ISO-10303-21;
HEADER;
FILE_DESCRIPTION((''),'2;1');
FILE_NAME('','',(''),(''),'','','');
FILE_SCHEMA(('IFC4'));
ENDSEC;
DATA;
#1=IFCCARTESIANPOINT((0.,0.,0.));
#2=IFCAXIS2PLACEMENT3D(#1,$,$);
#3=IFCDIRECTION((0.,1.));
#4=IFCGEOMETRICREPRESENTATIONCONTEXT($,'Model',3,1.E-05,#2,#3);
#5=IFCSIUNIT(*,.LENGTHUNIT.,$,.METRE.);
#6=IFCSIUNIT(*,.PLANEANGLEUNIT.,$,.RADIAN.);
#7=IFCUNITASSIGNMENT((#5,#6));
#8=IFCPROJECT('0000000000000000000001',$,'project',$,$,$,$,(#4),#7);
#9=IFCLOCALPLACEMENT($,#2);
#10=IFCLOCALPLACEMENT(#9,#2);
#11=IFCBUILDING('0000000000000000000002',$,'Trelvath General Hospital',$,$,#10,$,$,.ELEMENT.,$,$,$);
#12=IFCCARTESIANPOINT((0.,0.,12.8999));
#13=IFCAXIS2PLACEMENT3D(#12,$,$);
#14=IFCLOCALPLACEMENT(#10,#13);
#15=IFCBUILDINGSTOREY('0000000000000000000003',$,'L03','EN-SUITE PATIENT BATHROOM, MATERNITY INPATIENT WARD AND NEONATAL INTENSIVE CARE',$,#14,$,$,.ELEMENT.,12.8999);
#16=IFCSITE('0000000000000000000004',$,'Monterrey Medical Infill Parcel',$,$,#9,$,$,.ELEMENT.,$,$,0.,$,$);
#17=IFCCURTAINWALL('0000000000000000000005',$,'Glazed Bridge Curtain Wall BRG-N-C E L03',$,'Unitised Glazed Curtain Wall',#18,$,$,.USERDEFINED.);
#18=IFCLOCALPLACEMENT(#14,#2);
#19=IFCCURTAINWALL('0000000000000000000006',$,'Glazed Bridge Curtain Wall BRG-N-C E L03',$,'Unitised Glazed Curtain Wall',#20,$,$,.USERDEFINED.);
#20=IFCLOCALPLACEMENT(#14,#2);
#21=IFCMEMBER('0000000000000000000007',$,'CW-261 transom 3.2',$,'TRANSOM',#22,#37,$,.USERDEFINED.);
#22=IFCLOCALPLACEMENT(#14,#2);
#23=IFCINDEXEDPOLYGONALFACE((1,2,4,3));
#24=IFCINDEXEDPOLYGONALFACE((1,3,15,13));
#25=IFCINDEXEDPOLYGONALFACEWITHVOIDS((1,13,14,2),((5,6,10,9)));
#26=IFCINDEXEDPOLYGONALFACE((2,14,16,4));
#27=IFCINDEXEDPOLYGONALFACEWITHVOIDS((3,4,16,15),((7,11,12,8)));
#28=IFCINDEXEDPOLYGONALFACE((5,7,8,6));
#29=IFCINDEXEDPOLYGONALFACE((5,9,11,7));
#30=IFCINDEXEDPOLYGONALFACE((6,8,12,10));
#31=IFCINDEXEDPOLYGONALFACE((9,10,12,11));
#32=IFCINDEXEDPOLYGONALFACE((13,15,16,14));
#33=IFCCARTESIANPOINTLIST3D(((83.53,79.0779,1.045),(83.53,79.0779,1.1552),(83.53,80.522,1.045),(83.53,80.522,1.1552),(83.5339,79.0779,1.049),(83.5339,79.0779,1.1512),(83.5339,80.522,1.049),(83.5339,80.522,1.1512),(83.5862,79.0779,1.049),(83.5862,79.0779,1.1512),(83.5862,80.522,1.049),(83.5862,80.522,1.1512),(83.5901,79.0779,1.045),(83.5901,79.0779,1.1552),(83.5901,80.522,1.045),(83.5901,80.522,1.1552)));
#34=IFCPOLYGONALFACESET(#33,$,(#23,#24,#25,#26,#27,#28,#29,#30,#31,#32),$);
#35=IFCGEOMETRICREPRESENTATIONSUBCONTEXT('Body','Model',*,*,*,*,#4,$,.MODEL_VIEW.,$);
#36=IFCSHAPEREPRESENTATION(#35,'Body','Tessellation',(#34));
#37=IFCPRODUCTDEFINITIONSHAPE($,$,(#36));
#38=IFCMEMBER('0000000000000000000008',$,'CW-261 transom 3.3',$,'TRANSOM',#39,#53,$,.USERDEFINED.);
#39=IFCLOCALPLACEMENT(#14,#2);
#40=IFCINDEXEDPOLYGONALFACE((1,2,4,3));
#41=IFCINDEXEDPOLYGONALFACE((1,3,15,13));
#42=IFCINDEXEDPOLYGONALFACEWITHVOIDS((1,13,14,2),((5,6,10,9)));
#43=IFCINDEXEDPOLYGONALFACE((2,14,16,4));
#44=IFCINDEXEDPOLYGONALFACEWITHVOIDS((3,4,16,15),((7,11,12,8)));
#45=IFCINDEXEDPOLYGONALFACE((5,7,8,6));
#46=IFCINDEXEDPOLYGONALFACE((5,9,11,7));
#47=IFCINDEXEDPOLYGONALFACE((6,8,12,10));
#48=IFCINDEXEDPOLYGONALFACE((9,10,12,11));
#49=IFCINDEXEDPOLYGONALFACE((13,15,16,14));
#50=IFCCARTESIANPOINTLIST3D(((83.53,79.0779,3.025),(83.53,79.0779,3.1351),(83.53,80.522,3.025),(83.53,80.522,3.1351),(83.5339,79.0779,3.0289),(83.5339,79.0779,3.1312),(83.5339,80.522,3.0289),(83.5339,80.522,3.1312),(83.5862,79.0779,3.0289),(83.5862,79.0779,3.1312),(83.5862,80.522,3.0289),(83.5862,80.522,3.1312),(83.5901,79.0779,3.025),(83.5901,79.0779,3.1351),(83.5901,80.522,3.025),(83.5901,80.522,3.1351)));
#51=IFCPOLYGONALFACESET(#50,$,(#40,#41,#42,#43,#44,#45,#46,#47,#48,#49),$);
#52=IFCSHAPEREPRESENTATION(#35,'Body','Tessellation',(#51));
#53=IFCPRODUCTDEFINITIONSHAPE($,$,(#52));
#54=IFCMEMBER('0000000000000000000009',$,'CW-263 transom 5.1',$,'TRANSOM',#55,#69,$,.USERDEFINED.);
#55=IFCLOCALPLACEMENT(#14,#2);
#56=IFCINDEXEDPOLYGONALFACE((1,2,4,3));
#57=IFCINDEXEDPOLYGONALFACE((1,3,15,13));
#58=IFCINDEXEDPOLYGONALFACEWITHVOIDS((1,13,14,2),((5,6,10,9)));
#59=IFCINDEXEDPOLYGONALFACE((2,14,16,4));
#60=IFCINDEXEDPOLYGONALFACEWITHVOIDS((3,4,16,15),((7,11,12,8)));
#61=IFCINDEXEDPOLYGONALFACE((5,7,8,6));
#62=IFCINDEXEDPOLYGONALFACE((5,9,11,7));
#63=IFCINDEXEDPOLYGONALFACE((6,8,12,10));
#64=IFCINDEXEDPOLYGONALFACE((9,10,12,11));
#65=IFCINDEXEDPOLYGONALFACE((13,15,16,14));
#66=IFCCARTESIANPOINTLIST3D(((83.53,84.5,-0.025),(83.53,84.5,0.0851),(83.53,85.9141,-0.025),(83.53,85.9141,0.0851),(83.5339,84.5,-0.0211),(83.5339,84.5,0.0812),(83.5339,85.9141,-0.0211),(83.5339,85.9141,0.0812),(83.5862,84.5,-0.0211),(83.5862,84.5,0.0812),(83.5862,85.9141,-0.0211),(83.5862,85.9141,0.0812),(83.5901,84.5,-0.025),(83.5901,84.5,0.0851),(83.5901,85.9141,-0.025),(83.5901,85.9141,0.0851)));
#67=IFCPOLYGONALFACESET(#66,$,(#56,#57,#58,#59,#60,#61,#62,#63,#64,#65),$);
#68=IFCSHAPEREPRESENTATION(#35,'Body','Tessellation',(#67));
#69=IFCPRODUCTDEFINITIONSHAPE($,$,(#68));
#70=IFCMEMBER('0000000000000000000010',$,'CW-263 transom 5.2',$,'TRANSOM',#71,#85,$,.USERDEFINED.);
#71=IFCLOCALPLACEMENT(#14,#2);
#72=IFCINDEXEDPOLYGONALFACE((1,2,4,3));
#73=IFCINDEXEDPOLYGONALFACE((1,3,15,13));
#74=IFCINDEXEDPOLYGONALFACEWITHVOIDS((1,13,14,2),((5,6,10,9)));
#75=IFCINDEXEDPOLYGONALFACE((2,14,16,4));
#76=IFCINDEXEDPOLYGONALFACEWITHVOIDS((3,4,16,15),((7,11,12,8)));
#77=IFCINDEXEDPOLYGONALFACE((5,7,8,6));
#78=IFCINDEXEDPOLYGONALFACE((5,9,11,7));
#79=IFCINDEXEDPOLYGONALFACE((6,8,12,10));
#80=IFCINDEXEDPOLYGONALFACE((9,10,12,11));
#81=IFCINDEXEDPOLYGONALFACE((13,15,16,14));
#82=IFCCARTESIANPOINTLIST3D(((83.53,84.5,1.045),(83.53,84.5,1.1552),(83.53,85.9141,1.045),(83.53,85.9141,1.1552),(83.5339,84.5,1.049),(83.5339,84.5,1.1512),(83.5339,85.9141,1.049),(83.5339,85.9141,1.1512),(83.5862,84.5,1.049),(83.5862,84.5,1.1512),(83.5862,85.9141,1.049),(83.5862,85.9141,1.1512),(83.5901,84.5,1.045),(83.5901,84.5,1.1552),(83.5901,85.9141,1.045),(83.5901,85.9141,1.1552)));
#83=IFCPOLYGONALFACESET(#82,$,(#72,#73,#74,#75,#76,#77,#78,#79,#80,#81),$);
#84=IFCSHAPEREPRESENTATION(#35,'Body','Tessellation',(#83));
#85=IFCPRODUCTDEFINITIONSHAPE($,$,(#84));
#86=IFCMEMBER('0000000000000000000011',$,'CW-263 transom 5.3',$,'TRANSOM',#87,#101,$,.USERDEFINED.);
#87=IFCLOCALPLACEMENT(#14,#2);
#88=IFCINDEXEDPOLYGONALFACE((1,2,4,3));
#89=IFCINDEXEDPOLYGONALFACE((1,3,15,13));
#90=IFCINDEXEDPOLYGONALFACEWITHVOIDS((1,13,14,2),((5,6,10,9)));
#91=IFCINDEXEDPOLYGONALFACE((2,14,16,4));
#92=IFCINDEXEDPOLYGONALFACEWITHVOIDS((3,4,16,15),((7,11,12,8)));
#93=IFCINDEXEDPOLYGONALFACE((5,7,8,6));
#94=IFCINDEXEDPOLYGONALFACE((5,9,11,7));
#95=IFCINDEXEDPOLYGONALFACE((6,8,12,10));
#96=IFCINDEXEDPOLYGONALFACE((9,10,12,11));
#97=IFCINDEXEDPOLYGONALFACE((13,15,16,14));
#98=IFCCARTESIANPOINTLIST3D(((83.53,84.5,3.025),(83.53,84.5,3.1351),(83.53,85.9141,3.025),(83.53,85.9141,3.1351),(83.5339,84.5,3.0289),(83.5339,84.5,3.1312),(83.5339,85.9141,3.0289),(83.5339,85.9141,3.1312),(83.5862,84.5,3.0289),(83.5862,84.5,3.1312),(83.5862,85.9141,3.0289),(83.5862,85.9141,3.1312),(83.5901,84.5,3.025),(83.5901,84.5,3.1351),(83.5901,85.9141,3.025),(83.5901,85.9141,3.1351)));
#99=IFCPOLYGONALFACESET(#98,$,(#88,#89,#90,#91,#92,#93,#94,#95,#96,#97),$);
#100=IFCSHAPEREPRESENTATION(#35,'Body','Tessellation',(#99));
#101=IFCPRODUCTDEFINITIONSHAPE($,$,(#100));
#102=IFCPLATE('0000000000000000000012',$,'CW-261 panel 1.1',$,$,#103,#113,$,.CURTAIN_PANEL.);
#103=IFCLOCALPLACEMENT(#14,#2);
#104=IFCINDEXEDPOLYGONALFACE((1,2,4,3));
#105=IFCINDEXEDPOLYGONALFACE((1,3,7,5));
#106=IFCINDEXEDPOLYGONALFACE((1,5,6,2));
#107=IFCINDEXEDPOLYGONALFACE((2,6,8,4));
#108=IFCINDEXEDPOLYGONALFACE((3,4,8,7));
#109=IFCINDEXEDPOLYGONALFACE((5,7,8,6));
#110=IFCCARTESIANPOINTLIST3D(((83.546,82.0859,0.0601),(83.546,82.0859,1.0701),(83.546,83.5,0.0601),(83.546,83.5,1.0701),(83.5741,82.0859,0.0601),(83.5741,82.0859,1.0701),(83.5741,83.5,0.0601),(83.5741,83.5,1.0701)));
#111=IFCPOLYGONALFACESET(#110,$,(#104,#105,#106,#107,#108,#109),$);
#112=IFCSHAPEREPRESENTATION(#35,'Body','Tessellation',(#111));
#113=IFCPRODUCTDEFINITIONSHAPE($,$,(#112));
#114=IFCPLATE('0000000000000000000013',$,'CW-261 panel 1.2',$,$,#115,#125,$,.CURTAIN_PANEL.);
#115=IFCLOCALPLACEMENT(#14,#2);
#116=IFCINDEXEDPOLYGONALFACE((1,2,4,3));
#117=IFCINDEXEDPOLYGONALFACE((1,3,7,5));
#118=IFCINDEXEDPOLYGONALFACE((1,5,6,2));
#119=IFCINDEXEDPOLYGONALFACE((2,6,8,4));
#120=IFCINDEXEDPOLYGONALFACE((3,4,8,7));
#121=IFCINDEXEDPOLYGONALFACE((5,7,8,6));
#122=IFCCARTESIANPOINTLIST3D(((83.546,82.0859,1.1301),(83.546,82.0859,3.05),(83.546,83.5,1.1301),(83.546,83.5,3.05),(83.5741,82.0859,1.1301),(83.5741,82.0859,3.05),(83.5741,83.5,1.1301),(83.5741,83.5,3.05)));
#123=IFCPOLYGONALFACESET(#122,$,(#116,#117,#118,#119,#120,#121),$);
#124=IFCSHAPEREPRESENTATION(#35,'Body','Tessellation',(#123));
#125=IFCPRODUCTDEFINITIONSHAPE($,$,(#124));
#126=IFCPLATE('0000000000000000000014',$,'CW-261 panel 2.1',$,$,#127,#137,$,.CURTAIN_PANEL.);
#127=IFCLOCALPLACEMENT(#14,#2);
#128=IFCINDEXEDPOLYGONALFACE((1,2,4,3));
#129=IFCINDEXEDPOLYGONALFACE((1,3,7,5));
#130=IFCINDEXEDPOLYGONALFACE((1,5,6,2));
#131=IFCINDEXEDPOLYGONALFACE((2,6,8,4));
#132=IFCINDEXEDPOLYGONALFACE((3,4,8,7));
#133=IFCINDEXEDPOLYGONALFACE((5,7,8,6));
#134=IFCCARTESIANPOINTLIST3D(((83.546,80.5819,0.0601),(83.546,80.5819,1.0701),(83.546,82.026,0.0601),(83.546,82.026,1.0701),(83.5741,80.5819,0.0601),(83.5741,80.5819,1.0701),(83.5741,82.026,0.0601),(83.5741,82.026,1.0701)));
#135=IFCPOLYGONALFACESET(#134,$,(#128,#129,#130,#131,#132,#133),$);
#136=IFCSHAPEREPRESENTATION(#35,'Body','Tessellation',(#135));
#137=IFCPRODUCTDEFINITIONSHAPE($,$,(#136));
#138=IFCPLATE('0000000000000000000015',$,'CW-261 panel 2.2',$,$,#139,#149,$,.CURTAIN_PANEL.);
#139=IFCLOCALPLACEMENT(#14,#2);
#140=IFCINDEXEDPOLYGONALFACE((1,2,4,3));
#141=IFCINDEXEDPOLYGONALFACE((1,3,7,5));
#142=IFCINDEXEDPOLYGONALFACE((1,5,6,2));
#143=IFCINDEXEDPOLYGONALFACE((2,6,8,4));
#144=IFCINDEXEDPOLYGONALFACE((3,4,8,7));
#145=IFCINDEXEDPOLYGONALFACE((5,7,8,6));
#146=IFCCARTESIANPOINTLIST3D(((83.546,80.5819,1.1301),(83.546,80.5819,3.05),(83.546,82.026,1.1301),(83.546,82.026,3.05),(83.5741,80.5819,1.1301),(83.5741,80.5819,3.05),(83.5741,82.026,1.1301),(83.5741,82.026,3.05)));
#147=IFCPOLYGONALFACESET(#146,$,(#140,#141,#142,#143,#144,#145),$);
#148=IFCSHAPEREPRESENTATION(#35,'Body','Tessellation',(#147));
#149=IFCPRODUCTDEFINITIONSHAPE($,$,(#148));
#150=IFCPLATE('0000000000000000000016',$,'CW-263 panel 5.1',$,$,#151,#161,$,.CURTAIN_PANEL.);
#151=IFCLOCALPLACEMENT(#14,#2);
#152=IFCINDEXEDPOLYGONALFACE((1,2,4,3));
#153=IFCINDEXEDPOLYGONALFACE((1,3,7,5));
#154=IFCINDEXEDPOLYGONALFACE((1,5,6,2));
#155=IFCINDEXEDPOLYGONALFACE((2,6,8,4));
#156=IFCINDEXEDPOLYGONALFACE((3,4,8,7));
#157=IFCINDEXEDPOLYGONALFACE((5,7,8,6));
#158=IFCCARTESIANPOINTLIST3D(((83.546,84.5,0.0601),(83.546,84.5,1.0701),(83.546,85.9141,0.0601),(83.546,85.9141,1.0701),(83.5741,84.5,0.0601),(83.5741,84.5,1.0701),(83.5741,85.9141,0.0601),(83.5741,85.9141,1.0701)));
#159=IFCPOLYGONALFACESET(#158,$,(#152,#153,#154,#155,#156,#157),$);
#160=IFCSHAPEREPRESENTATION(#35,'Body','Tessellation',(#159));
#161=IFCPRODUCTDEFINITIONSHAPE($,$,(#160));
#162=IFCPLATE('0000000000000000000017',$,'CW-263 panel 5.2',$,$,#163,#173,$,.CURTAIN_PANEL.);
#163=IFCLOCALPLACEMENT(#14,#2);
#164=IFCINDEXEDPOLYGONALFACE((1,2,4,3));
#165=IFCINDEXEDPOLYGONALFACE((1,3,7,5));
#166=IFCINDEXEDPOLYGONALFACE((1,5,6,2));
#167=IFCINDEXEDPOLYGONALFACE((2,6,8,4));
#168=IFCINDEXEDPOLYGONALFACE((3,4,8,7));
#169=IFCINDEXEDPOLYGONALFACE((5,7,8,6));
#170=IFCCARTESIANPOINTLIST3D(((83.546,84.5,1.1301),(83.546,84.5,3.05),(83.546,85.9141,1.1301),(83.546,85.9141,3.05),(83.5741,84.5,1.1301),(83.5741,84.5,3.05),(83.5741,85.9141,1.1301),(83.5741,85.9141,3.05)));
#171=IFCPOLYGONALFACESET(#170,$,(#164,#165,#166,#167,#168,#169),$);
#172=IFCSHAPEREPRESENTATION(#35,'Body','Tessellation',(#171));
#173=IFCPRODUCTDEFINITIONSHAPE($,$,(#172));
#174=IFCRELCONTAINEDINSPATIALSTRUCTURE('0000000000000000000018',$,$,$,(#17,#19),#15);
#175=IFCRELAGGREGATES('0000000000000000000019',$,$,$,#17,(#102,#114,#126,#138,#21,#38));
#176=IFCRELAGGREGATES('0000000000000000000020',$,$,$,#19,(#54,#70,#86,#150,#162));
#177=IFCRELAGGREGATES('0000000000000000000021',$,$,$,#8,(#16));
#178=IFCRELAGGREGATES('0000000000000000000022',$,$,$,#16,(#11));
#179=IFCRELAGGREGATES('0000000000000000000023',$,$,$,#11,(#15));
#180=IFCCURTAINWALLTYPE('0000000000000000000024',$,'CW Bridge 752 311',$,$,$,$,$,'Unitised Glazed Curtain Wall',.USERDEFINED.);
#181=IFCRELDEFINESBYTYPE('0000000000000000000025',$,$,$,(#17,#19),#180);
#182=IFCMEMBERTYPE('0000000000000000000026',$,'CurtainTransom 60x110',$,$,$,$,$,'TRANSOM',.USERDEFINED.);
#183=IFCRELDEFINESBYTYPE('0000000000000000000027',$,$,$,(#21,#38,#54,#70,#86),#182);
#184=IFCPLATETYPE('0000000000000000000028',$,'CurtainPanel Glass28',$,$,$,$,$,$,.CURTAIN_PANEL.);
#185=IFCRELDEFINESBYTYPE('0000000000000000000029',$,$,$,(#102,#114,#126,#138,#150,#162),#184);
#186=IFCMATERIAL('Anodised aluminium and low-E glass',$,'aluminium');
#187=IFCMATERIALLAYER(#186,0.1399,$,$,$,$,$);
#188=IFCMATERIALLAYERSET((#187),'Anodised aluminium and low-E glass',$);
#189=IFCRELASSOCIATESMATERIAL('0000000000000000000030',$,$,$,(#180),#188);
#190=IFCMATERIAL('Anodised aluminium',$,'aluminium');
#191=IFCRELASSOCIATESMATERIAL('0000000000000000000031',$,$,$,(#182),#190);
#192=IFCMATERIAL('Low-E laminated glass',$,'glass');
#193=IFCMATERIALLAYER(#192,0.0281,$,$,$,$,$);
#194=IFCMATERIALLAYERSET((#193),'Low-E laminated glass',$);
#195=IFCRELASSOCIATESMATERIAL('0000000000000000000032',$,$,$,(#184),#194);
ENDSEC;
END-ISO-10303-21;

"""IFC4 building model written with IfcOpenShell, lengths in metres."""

from ifc_helpers import new_model, si_unit, direction, frame, origin, origin_2d, place, context, subcontext, project, spatial, rectangle, hollow_rectangle, extrude, material, layer, layer_set, material_profile, profile_set, type_object, element, aggregate, save


model = new_model("IFC4")

# Units and contexts
model_context = context("Model", 3, precision=1e-05, world=origin(), true_north=direction((0.0, 1.0)))
body_context = subcontext(model_context, "Body", "Model", "MODEL_VIEW")
ifc_project = project(units=[si_unit("LENGTHUNIT", "METRE"), si_unit("PLANEANGLEUNIT", "RADIAN")], contexts=[model_context])

# Site, building, storey
site_placement = place(None, origin())
site = spatial("IfcSite", under=ifc_project, at=site_placement, Name="Monterrey Medical Infill Parcel", CompositionType="ELEMENT", RefElevation=0.0)
building_placement = place(site_placement, origin())
building = spatial("IfcBuilding", under=site, at=building_placement, Name="Trelvath General Hospital", CompositionType="ELEMENT")
storey_placement = place(building_placement, frame((0.0, 0.0, 12.8999)))
storey = spatial("IfcBuildingStorey", under=building, at=storey_placement, Name="L03", Description="EN-SUITE PATIENT BATHROOM, MATERNITY INPATIENT WARD AND NEONATAL INTENSIVE CARE", CompositionType="ELEMENT", Elevation=12.8999)

# Curtain wall
ifc_material_1 = material(Name="Anodised aluminium and low-E glass", Category="aluminium")
ifc_layer_1 = layer(ifc_material_1, 0.1399)
ifc_layer_set_1 = layer_set([ifc_layer_1], Name="Anodised aluminium and low-E glass")
curtain_wall_type = type_object("IfcCurtainWallType", Name="CW Bridge 752 311", ElementType="Unitised Glazed Curtain Wall", PredefinedType="USERDEFINED", material=ifc_layer_set_1)
curtain_wall_1_placement = place(storey_placement, origin())
curtain_wall_1 = element("IfcCurtainWall", 1, at=curtain_wall_1_placement, inside=storey, type_object=curtain_wall_type, Name="Glazed Bridge Curtain Wall BRG-N-C E L03", ObjectType="Unitised Glazed Curtain Wall", PredefinedType="USERDEFINED")

# Curtain wall
curtain_wall_2_placement = place(storey_placement, origin())
curtain_wall_2 = element("IfcCurtainWall", 2, at=curtain_wall_2_placement, inside=storey, type_object=curtain_wall_type, Name="Glazed Bridge Curtain Wall BRG-N-C E L03", ObjectType="Unitised Glazed Curtain Wall", PredefinedType="USERDEFINED")

# Members
ifc_material_2 = material(Name="Anodised aluminium", Category="aluminium")
ifc_material_profile_1 = material_profile(ifc_material_2, hollow_rectangle(XDim=0.0601, YDim=0.1101, WallThickness=0.0039, at=origin_2d()), Name="RHS60x110x4")
ifc_profile_set_1 = profile_set([ifc_material_profile_1], Name="Anodised aluminium")
member_type_1 = type_object("IfcMemberType", Name="CurtainTransom 60x110", ElementType="TRANSOM", PredefinedType="USERDEFINED", material=ifc_profile_set_1)
member_1_placement = place(storey_placement, frame((83.5601, 80.522, 1.1001), z_axis=(0.0, -1.0, 0.0), x_axis=(1.0, 0.0, 0.0)))
member_1 = element("IfcMember", 3, at=member_1_placement, type_object=member_type_1, Name="CW-261 transom 3.2", ObjectType="TRANSOM", PredefinedType="USERDEFINED", context=body_context, shape_type="SweptSolid", body=[
    extrude(hollow_rectangle(XDim=0.0601, YDim=0.1101, WallThickness=0.0039, at=origin_2d()), origin(), (0.0, 0.0, 1.0), 1.4441),
])
member_2_placement = place(storey_placement, frame((83.5601, 80.522, 3.0801), z_axis=(0.0, -1.0, 0.0), x_axis=(1.0, 0.0, 0.0)))
member_2 = element("IfcMember", 4, at=member_2_placement, type_object=member_type_1, Name="CW-261 transom 3.3", ObjectType="TRANSOM", PredefinedType="USERDEFINED", context=body_context, shape_type="SweptSolid", body=[
    extrude(hollow_rectangle(XDim=0.0601, YDim=0.1101, WallThickness=0.0039, at=origin_2d()), origin(), (0.0, 0.0, 1.0), 1.4441),
])
member_3_placement = place(storey_placement, frame((83.5601, 85.9141, 0.03), z_axis=(0.0, -1.0, 0.0), x_axis=(1.0, 0.0, 0.0)))
member_3 = element("IfcMember", 5, at=member_3_placement, type_object=member_type_1, Name="CW-263 transom 5.1", ObjectType="TRANSOM", PredefinedType="USERDEFINED", context=body_context, shape_type="SweptSolid", body=[
    extrude(hollow_rectangle(XDim=0.0601, YDim=0.1101, WallThickness=0.0039, at=origin_2d()), origin(), (0.0, 0.0, 1.0), 1.4141),
])
member_4_placement = place(storey_placement, frame((83.5601, 85.9141, 1.1001), z_axis=(0.0, -1.0, 0.0), x_axis=(1.0, 0.0, 0.0)))
member_4 = element("IfcMember", 6, at=member_4_placement, type_object=member_type_1, Name="CW-263 transom 5.2", ObjectType="TRANSOM", PredefinedType="USERDEFINED", context=body_context, shape_type="SweptSolid", body=[
    extrude(hollow_rectangle(XDim=0.0601, YDim=0.1101, WallThickness=0.0039, at=origin_2d()), origin(), (0.0, 0.0, 1.0), 1.4141),
])
member_5_placement = place(storey_placement, frame((83.5601, 85.9141, 3.0801), z_axis=(0.0, -1.0, 0.0), x_axis=(1.0, 0.0, 0.0)))
member_5 = element("IfcMember", 7, at=member_5_placement, type_object=member_type_1, Name="CW-263 transom 5.3", ObjectType="TRANSOM", PredefinedType="USERDEFINED", context=body_context, shape_type="SweptSolid", body=[
    extrude(hollow_rectangle(XDim=0.0601, YDim=0.1101, WallThickness=0.0039, at=origin_2d()), origin(), (0.0, 0.0, 1.0), 1.4141),
])

# Plates
ifc_material_3 = material(Name="Low-E laminated glass", Category="glass")
ifc_layer_2 = layer(ifc_material_3, 0.0281)
ifc_layer_set_2 = layer_set([ifc_layer_2], Name="Low-E laminated glass")
plate_type = type_object("IfcPlateType", Name="CurtainPanel Glass28", PredefinedType="CURTAIN_PANEL", material=ifc_layer_set_2)
plate_1_placement = place(storey_placement, frame((83.5601, 82.793, 0.0601), z_axis=(0.0, 0.0, 1.0), x_axis=(0.0, -1.0, 0.0)))
plate_1 = element("IfcPlate", 8, at=plate_1_placement, type_object=plate_type, Name="CW-261 panel 1.1", PredefinedType="CURTAIN_PANEL", context=body_context, shape_type="SweptSolid", body=[
    extrude(rectangle(XDim=1.4141, YDim=0.0281, at=origin_2d()), origin(), (0.0, 0.0, 1.0), 1.01),
])
plate_2_placement = place(storey_placement, frame((83.5601, 82.793, 1.1301), z_axis=(0.0, 0.0, 1.0), x_axis=(0.0, -1.0, 0.0)))
plate_2 = element("IfcPlate", 9, at=plate_2_placement, type_object=plate_type, Name="CW-261 panel 1.2", PredefinedType="CURTAIN_PANEL", context=body_context, shape_type="SweptSolid", body=[
    extrude(rectangle(XDim=1.4141, YDim=0.0281, at=origin_2d()), origin(), (0.0, 0.0, 1.0), 1.9199),
])
plate_3_placement = place(storey_placement, frame((83.5601, 81.304, 0.0601), z_axis=(0.0, 0.0, 1.0), x_axis=(0.0, -1.0, 0.0)))
plate_3 = element("IfcPlate", 10, at=plate_3_placement, type_object=plate_type, Name="CW-261 panel 2.1", PredefinedType="CURTAIN_PANEL", context=body_context, shape_type="SweptSolid", body=[
    extrude(rectangle(XDim=1.4441, YDim=0.0281, at=origin_2d()), origin(), (0.0, 0.0, 1.0), 1.01),
])
plate_4_placement = place(storey_placement, frame((83.5601, 81.304, 1.1301), z_axis=(0.0, 0.0, 1.0), x_axis=(0.0, -1.0, 0.0)))
plate_4 = element("IfcPlate", 11, at=plate_4_placement, type_object=plate_type, Name="CW-261 panel 2.2", PredefinedType="CURTAIN_PANEL", context=body_context, shape_type="SweptSolid", body=[
    extrude(rectangle(XDim=1.4441, YDim=0.0281, at=origin_2d()), origin(), (0.0, 0.0, 1.0), 1.9199),
])
aggregate(curtain_wall_1, [plate_1, plate_2, plate_3, plate_4, member_1, member_2])
plate_5_placement = place(storey_placement, frame((83.5601, 85.207, 0.0601), z_axis=(0.0, 0.0, 1.0), x_axis=(0.0, -1.0, 0.0)))
plate_5 = element("IfcPlate", 12, at=plate_5_placement, type_object=plate_type, Name="CW-263 panel 5.1", PredefinedType="CURTAIN_PANEL", context=body_context, shape_type="SweptSolid", body=[
    extrude(rectangle(XDim=1.4141, YDim=0.0281, at=origin_2d()), origin(), (0.0, 0.0, 1.0), 1.01),
])
plate_6_placement = place(storey_placement, frame((83.5601, 85.207, 1.1301), z_axis=(0.0, 0.0, 1.0), x_axis=(0.0, -1.0, 0.0)))
plate_6 = element("IfcPlate", 13, at=plate_6_placement, type_object=plate_type, Name="CW-263 panel 5.2", PredefinedType="CURTAIN_PANEL", context=body_context, shape_type="SweptSolid", body=[
    extrude(rectangle(XDim=1.4141, YDim=0.0281, at=origin_2d()), origin(), (0.0, 0.0, 1.0), 1.9199),
])
aggregate(curtain_wall_2, [member_3, member_4, member_5, plate_5, plate_6])

save(model, "model.ifc")
